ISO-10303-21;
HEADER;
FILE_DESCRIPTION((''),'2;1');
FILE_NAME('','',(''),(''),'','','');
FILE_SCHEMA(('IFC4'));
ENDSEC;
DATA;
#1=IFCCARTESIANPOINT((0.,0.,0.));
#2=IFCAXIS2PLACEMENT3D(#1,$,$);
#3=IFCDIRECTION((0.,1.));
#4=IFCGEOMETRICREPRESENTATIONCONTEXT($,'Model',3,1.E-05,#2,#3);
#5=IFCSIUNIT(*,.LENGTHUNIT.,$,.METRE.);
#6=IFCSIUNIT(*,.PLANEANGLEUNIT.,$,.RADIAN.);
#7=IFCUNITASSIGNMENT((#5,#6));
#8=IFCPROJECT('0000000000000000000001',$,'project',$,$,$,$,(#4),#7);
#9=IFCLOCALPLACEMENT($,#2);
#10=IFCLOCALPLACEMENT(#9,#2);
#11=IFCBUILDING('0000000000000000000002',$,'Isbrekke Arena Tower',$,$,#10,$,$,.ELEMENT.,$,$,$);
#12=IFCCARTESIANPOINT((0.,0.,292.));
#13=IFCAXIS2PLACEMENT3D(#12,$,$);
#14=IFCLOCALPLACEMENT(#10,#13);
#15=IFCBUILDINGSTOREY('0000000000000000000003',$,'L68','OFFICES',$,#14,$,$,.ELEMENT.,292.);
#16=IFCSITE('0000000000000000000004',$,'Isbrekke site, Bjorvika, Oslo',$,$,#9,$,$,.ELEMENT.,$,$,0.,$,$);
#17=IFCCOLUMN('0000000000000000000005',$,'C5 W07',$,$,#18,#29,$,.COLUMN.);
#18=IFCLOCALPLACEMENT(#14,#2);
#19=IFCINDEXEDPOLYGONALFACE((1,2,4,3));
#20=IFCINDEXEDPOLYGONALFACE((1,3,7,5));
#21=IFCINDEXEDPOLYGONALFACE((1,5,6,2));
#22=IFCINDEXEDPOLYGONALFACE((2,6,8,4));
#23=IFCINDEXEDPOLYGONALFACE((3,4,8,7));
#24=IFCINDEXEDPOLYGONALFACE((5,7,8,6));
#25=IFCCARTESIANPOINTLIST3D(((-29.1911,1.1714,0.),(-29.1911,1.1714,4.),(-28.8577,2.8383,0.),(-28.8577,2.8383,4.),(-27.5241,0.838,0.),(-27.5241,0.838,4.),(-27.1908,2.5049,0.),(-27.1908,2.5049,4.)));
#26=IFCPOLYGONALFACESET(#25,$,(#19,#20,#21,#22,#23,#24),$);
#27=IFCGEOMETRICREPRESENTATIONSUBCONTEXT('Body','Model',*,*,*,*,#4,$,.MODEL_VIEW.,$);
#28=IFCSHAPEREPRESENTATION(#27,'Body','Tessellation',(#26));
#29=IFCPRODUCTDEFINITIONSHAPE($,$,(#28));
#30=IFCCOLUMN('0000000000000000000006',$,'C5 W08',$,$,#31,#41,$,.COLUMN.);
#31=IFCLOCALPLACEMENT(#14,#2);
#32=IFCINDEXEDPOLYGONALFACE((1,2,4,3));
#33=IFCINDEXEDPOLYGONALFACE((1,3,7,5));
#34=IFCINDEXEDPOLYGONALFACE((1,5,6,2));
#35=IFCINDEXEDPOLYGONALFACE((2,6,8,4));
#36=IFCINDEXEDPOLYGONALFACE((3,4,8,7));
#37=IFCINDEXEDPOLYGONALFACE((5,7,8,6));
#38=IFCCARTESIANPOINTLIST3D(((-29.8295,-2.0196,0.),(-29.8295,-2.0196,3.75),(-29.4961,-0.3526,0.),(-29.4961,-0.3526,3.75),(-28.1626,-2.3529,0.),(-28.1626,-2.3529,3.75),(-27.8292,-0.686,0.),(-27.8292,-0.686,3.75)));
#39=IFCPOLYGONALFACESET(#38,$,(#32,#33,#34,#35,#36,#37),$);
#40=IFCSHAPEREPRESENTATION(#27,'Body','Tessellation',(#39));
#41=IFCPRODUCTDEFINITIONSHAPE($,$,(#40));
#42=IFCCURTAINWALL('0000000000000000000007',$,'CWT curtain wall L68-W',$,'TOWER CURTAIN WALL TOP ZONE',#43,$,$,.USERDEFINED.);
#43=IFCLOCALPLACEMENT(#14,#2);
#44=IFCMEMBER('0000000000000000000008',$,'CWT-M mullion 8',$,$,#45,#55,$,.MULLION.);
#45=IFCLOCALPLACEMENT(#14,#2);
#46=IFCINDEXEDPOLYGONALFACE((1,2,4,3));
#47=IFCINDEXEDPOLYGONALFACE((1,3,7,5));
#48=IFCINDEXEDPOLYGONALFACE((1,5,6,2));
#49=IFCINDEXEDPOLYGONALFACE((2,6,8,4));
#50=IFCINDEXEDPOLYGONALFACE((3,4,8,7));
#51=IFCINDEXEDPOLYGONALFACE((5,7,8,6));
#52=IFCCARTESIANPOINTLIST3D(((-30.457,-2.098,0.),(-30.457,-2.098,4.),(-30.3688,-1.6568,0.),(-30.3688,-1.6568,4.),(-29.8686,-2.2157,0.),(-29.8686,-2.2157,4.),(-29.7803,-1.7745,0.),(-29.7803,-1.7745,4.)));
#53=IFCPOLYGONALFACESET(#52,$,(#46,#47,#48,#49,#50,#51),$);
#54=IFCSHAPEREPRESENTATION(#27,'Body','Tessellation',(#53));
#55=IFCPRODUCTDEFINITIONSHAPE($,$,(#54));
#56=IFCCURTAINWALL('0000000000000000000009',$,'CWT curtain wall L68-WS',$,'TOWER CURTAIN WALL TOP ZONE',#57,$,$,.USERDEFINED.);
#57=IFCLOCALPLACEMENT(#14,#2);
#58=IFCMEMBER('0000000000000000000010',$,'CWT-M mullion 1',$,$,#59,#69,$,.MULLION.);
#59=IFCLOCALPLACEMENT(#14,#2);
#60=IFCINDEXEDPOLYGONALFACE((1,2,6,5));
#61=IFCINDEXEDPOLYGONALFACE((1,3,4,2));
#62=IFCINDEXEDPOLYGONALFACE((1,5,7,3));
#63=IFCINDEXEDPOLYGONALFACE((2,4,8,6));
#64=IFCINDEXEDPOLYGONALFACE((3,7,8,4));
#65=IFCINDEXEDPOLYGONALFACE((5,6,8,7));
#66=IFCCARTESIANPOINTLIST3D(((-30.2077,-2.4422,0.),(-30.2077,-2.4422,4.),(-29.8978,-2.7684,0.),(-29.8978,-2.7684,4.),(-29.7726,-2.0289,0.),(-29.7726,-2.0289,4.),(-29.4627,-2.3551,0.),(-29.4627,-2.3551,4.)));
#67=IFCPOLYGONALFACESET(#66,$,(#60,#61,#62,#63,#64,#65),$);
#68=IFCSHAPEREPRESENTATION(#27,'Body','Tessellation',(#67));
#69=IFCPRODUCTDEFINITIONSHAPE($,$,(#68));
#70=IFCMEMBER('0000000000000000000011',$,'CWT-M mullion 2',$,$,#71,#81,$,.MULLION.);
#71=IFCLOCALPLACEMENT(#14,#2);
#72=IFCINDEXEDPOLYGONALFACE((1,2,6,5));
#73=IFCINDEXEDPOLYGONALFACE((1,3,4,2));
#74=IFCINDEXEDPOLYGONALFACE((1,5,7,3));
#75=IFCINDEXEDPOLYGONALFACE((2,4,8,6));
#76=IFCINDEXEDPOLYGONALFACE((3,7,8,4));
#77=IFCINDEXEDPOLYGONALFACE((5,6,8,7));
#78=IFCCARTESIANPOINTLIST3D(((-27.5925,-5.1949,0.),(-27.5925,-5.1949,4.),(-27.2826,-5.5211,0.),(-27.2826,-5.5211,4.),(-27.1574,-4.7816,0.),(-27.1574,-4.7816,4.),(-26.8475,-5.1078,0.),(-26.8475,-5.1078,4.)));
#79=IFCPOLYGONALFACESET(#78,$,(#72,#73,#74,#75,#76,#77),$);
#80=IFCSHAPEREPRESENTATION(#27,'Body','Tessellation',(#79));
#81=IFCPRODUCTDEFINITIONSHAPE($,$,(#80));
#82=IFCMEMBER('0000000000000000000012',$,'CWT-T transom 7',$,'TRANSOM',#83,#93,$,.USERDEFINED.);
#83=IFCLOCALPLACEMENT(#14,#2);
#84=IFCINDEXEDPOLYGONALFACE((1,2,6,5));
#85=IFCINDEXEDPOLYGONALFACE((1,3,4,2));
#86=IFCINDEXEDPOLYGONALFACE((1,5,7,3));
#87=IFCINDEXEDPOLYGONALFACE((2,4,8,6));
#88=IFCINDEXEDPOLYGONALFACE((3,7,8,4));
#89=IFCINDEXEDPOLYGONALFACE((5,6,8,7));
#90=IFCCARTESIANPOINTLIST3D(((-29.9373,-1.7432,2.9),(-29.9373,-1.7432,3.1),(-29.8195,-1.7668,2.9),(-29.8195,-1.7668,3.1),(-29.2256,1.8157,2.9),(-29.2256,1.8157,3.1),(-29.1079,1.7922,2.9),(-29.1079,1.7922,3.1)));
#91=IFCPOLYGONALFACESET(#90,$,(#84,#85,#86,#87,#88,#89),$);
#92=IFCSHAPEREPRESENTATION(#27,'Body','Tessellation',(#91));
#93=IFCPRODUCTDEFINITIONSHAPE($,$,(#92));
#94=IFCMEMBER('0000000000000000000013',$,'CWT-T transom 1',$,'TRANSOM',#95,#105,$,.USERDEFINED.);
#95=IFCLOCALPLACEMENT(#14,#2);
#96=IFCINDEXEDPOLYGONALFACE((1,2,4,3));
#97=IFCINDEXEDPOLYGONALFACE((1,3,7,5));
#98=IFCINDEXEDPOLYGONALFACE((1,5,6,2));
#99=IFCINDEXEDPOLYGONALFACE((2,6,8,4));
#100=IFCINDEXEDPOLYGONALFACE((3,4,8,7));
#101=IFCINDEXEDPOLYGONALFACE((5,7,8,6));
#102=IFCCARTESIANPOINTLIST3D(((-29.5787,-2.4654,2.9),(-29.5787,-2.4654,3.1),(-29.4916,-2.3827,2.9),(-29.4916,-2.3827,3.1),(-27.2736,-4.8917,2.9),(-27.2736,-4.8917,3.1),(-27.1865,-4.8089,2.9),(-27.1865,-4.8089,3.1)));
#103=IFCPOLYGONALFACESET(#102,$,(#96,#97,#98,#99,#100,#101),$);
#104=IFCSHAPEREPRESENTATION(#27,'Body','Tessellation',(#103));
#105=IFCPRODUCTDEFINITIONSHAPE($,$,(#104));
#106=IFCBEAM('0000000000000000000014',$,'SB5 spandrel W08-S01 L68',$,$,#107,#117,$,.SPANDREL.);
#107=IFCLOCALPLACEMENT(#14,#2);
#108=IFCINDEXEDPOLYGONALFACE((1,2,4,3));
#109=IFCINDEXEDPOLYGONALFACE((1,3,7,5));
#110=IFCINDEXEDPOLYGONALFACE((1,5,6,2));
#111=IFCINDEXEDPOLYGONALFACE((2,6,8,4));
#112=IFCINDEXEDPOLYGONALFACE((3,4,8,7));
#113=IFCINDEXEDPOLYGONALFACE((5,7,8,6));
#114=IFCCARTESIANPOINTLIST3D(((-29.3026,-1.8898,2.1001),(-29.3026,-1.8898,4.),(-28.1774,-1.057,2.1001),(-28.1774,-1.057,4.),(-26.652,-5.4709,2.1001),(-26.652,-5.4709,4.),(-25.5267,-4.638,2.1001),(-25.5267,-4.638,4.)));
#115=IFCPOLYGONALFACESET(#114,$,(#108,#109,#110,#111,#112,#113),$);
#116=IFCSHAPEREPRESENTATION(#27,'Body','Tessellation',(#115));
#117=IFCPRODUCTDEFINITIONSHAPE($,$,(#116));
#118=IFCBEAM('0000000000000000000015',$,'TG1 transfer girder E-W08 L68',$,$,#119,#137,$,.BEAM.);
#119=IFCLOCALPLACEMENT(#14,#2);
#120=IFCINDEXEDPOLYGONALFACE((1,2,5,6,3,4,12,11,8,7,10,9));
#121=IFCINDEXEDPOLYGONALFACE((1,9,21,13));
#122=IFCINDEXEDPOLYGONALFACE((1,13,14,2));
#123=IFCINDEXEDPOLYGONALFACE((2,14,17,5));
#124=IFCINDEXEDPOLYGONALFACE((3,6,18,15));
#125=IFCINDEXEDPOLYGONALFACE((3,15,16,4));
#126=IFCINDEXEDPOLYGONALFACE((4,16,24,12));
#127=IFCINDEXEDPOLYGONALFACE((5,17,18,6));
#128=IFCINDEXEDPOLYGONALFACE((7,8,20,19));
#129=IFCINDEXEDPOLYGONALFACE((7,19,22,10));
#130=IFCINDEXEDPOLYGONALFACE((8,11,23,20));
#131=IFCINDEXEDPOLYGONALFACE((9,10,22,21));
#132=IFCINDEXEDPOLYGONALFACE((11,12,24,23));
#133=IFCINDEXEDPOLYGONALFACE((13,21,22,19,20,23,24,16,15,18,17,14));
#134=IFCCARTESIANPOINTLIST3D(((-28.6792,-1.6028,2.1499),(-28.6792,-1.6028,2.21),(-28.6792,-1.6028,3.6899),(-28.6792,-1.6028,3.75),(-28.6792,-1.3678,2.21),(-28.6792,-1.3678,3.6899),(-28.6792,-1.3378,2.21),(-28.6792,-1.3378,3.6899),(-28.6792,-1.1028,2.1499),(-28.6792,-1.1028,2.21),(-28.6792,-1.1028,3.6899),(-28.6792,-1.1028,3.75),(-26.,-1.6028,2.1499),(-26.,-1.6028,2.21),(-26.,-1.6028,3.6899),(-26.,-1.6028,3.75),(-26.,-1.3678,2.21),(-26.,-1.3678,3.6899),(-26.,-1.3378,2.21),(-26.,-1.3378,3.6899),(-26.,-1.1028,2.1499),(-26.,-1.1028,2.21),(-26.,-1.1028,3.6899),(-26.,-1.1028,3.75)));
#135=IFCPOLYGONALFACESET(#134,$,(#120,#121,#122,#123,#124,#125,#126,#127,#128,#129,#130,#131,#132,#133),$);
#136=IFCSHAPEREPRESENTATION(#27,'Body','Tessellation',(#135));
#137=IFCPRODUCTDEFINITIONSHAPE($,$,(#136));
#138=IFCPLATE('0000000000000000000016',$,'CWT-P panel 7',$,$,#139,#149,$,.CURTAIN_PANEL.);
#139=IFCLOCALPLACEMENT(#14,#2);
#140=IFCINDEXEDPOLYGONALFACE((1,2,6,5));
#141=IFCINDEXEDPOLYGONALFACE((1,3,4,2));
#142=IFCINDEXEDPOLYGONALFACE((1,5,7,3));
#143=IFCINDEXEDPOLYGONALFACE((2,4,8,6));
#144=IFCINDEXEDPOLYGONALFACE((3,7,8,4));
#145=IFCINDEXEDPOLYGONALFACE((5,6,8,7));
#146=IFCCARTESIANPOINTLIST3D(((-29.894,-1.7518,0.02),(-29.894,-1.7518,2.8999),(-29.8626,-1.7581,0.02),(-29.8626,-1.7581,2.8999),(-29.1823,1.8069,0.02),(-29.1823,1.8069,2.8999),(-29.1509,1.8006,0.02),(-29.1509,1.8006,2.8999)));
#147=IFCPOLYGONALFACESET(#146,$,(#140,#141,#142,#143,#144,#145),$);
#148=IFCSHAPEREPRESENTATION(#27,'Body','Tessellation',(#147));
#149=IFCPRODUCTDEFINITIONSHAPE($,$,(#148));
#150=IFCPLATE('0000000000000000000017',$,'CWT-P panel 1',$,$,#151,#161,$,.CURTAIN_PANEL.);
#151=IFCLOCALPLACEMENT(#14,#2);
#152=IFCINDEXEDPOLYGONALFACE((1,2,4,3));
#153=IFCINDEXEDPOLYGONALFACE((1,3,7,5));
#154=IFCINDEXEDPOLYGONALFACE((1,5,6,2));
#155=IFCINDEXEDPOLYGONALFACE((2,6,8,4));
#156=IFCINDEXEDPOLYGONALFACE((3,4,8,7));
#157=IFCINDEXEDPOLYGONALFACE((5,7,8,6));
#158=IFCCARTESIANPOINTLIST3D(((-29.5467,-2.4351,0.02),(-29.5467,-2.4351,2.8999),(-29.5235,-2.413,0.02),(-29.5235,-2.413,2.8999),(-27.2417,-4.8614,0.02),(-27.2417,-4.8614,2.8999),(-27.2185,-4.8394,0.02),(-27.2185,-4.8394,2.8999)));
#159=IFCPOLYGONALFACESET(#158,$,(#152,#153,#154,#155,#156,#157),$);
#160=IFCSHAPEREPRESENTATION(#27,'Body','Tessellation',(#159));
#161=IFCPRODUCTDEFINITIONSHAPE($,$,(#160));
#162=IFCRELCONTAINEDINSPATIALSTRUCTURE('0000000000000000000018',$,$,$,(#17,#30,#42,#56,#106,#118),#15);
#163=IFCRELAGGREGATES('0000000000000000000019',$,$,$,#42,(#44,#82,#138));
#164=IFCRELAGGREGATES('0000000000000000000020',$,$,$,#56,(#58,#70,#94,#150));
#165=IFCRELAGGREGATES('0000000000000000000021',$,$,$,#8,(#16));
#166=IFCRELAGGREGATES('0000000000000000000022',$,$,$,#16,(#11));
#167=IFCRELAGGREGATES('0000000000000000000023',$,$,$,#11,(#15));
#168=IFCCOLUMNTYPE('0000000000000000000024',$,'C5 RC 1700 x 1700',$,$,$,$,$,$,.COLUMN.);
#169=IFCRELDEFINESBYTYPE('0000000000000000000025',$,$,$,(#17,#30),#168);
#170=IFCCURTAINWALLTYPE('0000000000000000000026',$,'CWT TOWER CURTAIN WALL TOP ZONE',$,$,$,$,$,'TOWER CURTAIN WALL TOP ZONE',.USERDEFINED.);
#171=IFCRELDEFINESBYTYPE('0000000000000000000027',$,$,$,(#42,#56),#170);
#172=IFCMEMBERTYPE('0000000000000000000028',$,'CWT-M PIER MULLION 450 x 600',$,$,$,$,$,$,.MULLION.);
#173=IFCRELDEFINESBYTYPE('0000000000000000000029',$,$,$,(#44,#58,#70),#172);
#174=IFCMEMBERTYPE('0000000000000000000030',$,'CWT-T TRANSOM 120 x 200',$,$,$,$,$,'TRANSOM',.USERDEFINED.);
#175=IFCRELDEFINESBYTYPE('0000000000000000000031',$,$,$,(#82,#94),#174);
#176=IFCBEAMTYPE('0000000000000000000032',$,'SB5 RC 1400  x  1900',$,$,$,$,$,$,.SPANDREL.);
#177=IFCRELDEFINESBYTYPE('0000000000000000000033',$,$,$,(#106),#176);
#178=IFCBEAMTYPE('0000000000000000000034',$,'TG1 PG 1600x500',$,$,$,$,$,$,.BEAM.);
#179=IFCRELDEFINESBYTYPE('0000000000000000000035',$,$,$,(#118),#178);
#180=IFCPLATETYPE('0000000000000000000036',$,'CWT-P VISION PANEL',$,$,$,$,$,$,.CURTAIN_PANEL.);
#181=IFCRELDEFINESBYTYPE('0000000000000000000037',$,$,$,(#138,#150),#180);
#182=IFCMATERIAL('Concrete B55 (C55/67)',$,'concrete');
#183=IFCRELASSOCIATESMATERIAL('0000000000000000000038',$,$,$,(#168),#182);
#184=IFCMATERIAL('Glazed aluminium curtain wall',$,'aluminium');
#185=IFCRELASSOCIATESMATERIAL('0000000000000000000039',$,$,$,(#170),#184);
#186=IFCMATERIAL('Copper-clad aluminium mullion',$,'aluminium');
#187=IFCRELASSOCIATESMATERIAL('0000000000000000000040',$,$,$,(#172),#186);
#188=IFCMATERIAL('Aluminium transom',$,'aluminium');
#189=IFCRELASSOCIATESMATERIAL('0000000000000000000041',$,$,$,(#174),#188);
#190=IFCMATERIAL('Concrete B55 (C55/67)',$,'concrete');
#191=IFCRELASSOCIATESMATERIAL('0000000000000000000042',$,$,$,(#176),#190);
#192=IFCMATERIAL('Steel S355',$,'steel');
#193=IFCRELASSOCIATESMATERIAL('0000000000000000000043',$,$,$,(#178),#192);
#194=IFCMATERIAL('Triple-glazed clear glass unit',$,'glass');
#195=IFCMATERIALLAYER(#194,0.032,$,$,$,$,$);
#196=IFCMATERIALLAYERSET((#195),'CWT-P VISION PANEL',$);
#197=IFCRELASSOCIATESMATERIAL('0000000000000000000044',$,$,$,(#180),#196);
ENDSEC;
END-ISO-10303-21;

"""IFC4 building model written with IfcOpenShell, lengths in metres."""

from ifc_helpers import new_model, si_unit, direction, frame, origin, origin_2d, place, context, subcontext, project, spatial, rectangle, i_section, extrude, material, layer, layer_set, material_profile, profile_set, type_object, element, aggregate, save


model = new_model("IFC4")

# Units and contexts
model_context = context("Model", 3, precision=1e-05, world=origin(), true_north=direction((0.0, 1.0)))
body_context = subcontext(model_context, "Body", "Model", "MODEL_VIEW")
ifc_project = project(units=[si_unit("LENGTHUNIT", "METRE"), si_unit("PLANEANGLEUNIT", "RADIAN")], contexts=[model_context])

# Site, building, storey
site_placement = place(None, origin())
site = spatial("IfcSite", under=ifc_project, at=site_placement, Name="Isbrekke site, Bjorvika, Oslo", CompositionType="ELEMENT", RefElevation=0.0)
building_placement = place(site_placement, origin())
building = spatial("IfcBuilding", under=site, at=building_placement, Name="Isbrekke Arena Tower", CompositionType="ELEMENT")
storey_placement = place(building_placement, frame((0.0, 0.0, 292.0)))
storey = spatial("IfcBuildingStorey", under=building, at=storey_placement, Name="L68", Description="OFFICES", CompositionType="ELEMENT", Elevation=292.0)

# Columns
ifc_material_1 = material(Name="Concrete B55 (C55/67)", Category="concrete")
ifc_material_profile_1 = material_profile(ifc_material_1, rectangle(XDim=1.7, YDim=1.7, at=origin_2d()), Name="RC 1700x1700")
ifc_profile_set_1 = profile_set([ifc_material_profile_1], Name="Concrete B55 (C55/67)")
column_type = type_object("IfcColumnType", Name="C5 RC 1700 x 1700", PredefinedType="COLUMN", material=ifc_profile_set_1)
column_1_placement = place(storey_placement, frame((-28.1909, 1.8381, 0.0), z_axis=(0.0, 0.0, 1.0), x_axis=(-0.196116, -0.980581, 0.0)))
element("IfcColumn", 1, at=column_1_placement, inside=storey, type_object=column_type, Name="C5 W07", PredefinedType="COLUMN", context=body_context, shape_type="SweptSolid", body=[
    extrude(rectangle(XDim=1.7, YDim=1.7, at=origin_2d()), origin(), (0.0, 0.0, 1.0), 4.0),
])
column_2_placement = place(storey_placement, frame((-28.8293, -1.3528, 0.0), z_axis=(0.0, 0.0, 1.0), x_axis=(-0.196116, -0.980581, 0.0)))
element("IfcColumn", 2, at=column_2_placement, inside=storey, type_object=column_type, Name="C5 W08", PredefinedType="COLUMN", context=body_context, shape_type="SweptSolid", body=[
    extrude(rectangle(XDim=1.7, YDim=1.7, at=origin_2d()), origin(), (0.0, 0.0, 1.0), 3.75),
])

# Curtain wall, member
ifc_material_2 = material(Name="Glazed aluminium curtain wall", Category="aluminium")
curtain_wall_type = type_object("IfcCurtainWallType", Name="CWT TOWER CURTAIN WALL TOP ZONE", ElementType="TOWER CURTAIN WALL TOP ZONE", PredefinedType="USERDEFINED", material=ifc_material_2)
curtain_wall_1_placement = place(storey_placement, origin())
curtain_wall_1 = element("IfcCurtainWall", 3, at=curtain_wall_1_placement, inside=storey, type_object=curtain_wall_type, Name="CWT curtain wall L68-W", ObjectType="TOWER CURTAIN WALL TOP ZONE", PredefinedType="USERDEFINED")
ifc_material_3 = material(Name="Copper-clad aluminium mullion", Category="aluminium")
ifc_material_profile_2 = material_profile(ifc_material_3, rectangle(XDim=0.45, YDim=0.6001, at=origin_2d()), Name="PIER 450X600")
ifc_profile_set_2 = profile_set([ifc_material_profile_2], Name="Copper-clad aluminium mullion")
member_type_1 = type_object("IfcMemberType", Name="CWT-M PIER MULLION 450 x 600", PredefinedType="MULLION", material=ifc_profile_set_2)
member_1_placement = place(storey_placement, frame((-30.1187, -1.9363, 0.0), z_axis=(0.0, 0.0, 1.0), x_axis=(-0.196116, -0.980581, 0.0)))
member_1 = element("IfcMember", 4, at=member_1_placement, type_object=member_type_1, Name="CWT-M mullion 8", PredefinedType="MULLION", context=body_context, shape_type="SweptSolid", body=[
    extrude(rectangle(XDim=0.45, YDim=0.6001, at=origin_2d()), origin(), (0.0, 0.0, 1.0), 4.0),
])

# Curtain wall, members
curtain_wall_2_placement = place(storey_placement, origin())
curtain_wall_2 = element("IfcCurtainWall", 5, at=curtain_wall_2_placement, inside=storey, type_object=curtain_wall_type, Name="CWT curtain wall L68-WS", ObjectType="TOWER CURTAIN WALL TOP ZONE", PredefinedType="USERDEFINED")
member_2_placement = place(storey_placement, frame((-29.8352, -2.3987, 0.0), z_axis=(0.0, 0.0, 1.0), x_axis=(0.688749, -0.724999, 0.0)))
member_2 = element("IfcMember", 6, at=member_2_placement, type_object=member_type_1, Name="CWT-M mullion 1", PredefinedType="MULLION", context=body_context, shape_type="SweptSolid", body=[
    extrude(rectangle(XDim=0.45, YDim=0.6001, at=origin_2d()), origin(), (0.0, 0.0, 1.0), 4.0),
])
member_3_placement = place(storey_placement, frame((-27.22, -5.1514, 0.0), z_axis=(0.0, 0.0, 1.0), x_axis=(0.688749, -0.724999, 0.0)))
member_3 = element("IfcMember", 7, at=member_3_placement, type_object=member_type_1, Name="CWT-M mullion 2", PredefinedType="MULLION", context=body_context, shape_type="SweptSolid", body=[
    extrude(rectangle(XDim=0.45, YDim=0.6001, at=origin_2d()), origin(), (0.0, 0.0, 1.0), 4.0),
])

# Members
ifc_material_4 = material(Name="Aluminium transom", Category="aluminium")
ifc_material_profile_3 = material_profile(ifc_material_4, rectangle(XDim=0.1201, YDim=0.2, at=origin_2d()), Name="TRANSOM 120X200")
ifc_profile_set_3 = profile_set([ifc_material_profile_3], Name="Aluminium transom")
member_type_2 = type_object("IfcMemberType", Name="CWT-T TRANSOM 120 x 200", ElementType="TRANSOM", PredefinedType="USERDEFINED", material=ifc_profile_set_3)
member_4_placement = place(storey_placement, frame((-29.1667, 1.804, 3.0), z_axis=(-0.19609, -0.980586, 0.0), x_axis=(0.980586, -0.19609, 0.0)))
member_4 = element("IfcMember", 8, at=member_4_placement, type_object=member_type_2, Name="CWT-T transom 7", ObjectType="TRANSOM", PredefinedType="USERDEFINED", context=body_context, shape_type="SweptSolid", body=[
    extrude(rectangle(XDim=0.1201, YDim=0.2, at=origin_2d()), origin(), (0.0, 0.0, 1.0), 3.6294),
])
member_5_placement = place(storey_placement, frame((-29.5352, -2.4241, 3.0), z_axis=(0.688784, -0.724967, 0.0), x_axis=(0.724967, 0.688784, 0.0)))
member_5 = element("IfcMember", 9, at=member_5_placement, type_object=member_type_2, Name="CWT-T transom 1", ObjectType="TRANSOM", PredefinedType="USERDEFINED", context=body_context, shape_type="SweptSolid", body=[
    extrude(rectangle(XDim=0.1201, YDim=0.2, at=origin_2d()), origin(), (0.0, 0.0, 1.0), 3.3467),
])

# Beams
ifc_material_5 = material(Name="Concrete B55 (C55/67)", Category="concrete")
ifc_material_profile_4 = material_profile(ifc_material_5, rectangle(XDim=1.3999, YDim=1.8999, at=origin_2d()), Name="RC 1400 x 1900")
ifc_profile_set_4 = profile_set([ifc_material_profile_4], Name="Concrete B55 (C55/67)")
beam_type_1 = type_object("IfcBeamType", Name="SB5 RC 1400  x  1900", PredefinedType="SPANDREL", material=ifc_profile_set_4)
beam_1_placement = place(storey_placement, frame((-28.74, -1.4734, 3.05), z_axis=(0.594938, -0.803772, 0.0), x_axis=(0.803772, 0.594938, 0.0)))
element("IfcBeam", 10, at=beam_1_placement, inside=storey, type_object=beam_type_1, Name="SB5 spandrel W08-S01 L68", PredefinedType="SPANDREL", context=body_context, shape_type="SweptSolid", body=[
    extrude(rectangle(XDim=1.3999, YDim=1.8999, at=origin_2d()), origin(), (0.0, 0.0, 1.0), 4.4553),
])
ifc_material_6 = material(Name="Steel S355", Category="steel")
ifc_material_profile_5 = material_profile(ifc_material_6, i_section(OverallWidth=0.5, OverallDepth=1.6001, WebThickness=0.03, FlangeThickness=0.0601, at=origin_2d()), Name="PG 1600x500")
ifc_profile_set_5 = profile_set([ifc_material_profile_5], Name="Steel S355")
beam_type_2 = type_object("IfcBeamType", Name="TG1 PG 1600x500", PredefinedType="BEAM", material=ifc_profile_set_5)
beam_2_placement = place(storey_placement, frame((-28.6792, -1.3528, 2.95), z_axis=(1.0, 0.0, 0.0), x_axis=(0.0, 1.0, 0.0)))
element("IfcBeam", 11, at=beam_2_placement, inside=storey, type_object=beam_type_2, Name="TG1 transfer girder E-W08 L68", PredefinedType="BEAM", context=body_context, shape_type="SweptSolid", body=[
    extrude(i_section(OverallWidth=0.5, OverallDepth=1.6001, WebThickness=0.03, FlangeThickness=0.0601, at=origin_2d()), origin(), (0.0, 0.0, 1.0), 2.6792),
])

# Plates
ifc_material_7 = material(Name="Triple-glazed clear glass unit", Category="glass")
ifc_layer_1 = layer(ifc_material_7, 0.032)
ifc_layer_set_1 = layer_set([ifc_layer_1], Name="CWT-P VISION PANEL")
plate_type = type_object("IfcPlateType", Name="CWT-P VISION PANEL", PredefinedType="CURTAIN_PANEL", material=ifc_layer_set_1)
plate_1_placement = place(storey_placement, frame((-29.5225, 0.0244, 0.02), z_axis=(0.0, 0.0, 1.0), x_axis=(-0.196116, -0.980581, 0.0)))
plate_1 = element("IfcPlate", 12, at=plate_1_placement, type_object=plate_type, Name="CWT-P panel 7", PredefinedType="CURTAIN_PANEL", context=body_context, shape_type="SweptSolid", body=[
    extrude(rectangle(XDim=3.6292, YDim=0.032, at=origin_2d()), origin(), (0.0, 0.0, 1.0), 2.8799),
])
aggregate(curtain_wall_1, [member_1, member_4, plate_1])
plate_2_placement = place(storey_placement, frame((-28.3826, -3.6372, 0.02), z_axis=(0.0, 0.0, 1.0), x_axis=(0.688749, -0.724999, 0.0)))
plate_2 = element("IfcPlate", 13, at=plate_2_placement, type_object=plate_type, Name="CWT-P panel 1", PredefinedType="CURTAIN_PANEL", context=body_context, shape_type="SweptSolid", body=[
    extrude(rectangle(XDim=3.3467, YDim=0.032, at=origin_2d()), origin(), (0.0, 0.0, 1.0), 2.8799),
])
aggregate(curtain_wall_2, [member_2, member_3, member_5, plate_2])

save(model, "model.ifc")
